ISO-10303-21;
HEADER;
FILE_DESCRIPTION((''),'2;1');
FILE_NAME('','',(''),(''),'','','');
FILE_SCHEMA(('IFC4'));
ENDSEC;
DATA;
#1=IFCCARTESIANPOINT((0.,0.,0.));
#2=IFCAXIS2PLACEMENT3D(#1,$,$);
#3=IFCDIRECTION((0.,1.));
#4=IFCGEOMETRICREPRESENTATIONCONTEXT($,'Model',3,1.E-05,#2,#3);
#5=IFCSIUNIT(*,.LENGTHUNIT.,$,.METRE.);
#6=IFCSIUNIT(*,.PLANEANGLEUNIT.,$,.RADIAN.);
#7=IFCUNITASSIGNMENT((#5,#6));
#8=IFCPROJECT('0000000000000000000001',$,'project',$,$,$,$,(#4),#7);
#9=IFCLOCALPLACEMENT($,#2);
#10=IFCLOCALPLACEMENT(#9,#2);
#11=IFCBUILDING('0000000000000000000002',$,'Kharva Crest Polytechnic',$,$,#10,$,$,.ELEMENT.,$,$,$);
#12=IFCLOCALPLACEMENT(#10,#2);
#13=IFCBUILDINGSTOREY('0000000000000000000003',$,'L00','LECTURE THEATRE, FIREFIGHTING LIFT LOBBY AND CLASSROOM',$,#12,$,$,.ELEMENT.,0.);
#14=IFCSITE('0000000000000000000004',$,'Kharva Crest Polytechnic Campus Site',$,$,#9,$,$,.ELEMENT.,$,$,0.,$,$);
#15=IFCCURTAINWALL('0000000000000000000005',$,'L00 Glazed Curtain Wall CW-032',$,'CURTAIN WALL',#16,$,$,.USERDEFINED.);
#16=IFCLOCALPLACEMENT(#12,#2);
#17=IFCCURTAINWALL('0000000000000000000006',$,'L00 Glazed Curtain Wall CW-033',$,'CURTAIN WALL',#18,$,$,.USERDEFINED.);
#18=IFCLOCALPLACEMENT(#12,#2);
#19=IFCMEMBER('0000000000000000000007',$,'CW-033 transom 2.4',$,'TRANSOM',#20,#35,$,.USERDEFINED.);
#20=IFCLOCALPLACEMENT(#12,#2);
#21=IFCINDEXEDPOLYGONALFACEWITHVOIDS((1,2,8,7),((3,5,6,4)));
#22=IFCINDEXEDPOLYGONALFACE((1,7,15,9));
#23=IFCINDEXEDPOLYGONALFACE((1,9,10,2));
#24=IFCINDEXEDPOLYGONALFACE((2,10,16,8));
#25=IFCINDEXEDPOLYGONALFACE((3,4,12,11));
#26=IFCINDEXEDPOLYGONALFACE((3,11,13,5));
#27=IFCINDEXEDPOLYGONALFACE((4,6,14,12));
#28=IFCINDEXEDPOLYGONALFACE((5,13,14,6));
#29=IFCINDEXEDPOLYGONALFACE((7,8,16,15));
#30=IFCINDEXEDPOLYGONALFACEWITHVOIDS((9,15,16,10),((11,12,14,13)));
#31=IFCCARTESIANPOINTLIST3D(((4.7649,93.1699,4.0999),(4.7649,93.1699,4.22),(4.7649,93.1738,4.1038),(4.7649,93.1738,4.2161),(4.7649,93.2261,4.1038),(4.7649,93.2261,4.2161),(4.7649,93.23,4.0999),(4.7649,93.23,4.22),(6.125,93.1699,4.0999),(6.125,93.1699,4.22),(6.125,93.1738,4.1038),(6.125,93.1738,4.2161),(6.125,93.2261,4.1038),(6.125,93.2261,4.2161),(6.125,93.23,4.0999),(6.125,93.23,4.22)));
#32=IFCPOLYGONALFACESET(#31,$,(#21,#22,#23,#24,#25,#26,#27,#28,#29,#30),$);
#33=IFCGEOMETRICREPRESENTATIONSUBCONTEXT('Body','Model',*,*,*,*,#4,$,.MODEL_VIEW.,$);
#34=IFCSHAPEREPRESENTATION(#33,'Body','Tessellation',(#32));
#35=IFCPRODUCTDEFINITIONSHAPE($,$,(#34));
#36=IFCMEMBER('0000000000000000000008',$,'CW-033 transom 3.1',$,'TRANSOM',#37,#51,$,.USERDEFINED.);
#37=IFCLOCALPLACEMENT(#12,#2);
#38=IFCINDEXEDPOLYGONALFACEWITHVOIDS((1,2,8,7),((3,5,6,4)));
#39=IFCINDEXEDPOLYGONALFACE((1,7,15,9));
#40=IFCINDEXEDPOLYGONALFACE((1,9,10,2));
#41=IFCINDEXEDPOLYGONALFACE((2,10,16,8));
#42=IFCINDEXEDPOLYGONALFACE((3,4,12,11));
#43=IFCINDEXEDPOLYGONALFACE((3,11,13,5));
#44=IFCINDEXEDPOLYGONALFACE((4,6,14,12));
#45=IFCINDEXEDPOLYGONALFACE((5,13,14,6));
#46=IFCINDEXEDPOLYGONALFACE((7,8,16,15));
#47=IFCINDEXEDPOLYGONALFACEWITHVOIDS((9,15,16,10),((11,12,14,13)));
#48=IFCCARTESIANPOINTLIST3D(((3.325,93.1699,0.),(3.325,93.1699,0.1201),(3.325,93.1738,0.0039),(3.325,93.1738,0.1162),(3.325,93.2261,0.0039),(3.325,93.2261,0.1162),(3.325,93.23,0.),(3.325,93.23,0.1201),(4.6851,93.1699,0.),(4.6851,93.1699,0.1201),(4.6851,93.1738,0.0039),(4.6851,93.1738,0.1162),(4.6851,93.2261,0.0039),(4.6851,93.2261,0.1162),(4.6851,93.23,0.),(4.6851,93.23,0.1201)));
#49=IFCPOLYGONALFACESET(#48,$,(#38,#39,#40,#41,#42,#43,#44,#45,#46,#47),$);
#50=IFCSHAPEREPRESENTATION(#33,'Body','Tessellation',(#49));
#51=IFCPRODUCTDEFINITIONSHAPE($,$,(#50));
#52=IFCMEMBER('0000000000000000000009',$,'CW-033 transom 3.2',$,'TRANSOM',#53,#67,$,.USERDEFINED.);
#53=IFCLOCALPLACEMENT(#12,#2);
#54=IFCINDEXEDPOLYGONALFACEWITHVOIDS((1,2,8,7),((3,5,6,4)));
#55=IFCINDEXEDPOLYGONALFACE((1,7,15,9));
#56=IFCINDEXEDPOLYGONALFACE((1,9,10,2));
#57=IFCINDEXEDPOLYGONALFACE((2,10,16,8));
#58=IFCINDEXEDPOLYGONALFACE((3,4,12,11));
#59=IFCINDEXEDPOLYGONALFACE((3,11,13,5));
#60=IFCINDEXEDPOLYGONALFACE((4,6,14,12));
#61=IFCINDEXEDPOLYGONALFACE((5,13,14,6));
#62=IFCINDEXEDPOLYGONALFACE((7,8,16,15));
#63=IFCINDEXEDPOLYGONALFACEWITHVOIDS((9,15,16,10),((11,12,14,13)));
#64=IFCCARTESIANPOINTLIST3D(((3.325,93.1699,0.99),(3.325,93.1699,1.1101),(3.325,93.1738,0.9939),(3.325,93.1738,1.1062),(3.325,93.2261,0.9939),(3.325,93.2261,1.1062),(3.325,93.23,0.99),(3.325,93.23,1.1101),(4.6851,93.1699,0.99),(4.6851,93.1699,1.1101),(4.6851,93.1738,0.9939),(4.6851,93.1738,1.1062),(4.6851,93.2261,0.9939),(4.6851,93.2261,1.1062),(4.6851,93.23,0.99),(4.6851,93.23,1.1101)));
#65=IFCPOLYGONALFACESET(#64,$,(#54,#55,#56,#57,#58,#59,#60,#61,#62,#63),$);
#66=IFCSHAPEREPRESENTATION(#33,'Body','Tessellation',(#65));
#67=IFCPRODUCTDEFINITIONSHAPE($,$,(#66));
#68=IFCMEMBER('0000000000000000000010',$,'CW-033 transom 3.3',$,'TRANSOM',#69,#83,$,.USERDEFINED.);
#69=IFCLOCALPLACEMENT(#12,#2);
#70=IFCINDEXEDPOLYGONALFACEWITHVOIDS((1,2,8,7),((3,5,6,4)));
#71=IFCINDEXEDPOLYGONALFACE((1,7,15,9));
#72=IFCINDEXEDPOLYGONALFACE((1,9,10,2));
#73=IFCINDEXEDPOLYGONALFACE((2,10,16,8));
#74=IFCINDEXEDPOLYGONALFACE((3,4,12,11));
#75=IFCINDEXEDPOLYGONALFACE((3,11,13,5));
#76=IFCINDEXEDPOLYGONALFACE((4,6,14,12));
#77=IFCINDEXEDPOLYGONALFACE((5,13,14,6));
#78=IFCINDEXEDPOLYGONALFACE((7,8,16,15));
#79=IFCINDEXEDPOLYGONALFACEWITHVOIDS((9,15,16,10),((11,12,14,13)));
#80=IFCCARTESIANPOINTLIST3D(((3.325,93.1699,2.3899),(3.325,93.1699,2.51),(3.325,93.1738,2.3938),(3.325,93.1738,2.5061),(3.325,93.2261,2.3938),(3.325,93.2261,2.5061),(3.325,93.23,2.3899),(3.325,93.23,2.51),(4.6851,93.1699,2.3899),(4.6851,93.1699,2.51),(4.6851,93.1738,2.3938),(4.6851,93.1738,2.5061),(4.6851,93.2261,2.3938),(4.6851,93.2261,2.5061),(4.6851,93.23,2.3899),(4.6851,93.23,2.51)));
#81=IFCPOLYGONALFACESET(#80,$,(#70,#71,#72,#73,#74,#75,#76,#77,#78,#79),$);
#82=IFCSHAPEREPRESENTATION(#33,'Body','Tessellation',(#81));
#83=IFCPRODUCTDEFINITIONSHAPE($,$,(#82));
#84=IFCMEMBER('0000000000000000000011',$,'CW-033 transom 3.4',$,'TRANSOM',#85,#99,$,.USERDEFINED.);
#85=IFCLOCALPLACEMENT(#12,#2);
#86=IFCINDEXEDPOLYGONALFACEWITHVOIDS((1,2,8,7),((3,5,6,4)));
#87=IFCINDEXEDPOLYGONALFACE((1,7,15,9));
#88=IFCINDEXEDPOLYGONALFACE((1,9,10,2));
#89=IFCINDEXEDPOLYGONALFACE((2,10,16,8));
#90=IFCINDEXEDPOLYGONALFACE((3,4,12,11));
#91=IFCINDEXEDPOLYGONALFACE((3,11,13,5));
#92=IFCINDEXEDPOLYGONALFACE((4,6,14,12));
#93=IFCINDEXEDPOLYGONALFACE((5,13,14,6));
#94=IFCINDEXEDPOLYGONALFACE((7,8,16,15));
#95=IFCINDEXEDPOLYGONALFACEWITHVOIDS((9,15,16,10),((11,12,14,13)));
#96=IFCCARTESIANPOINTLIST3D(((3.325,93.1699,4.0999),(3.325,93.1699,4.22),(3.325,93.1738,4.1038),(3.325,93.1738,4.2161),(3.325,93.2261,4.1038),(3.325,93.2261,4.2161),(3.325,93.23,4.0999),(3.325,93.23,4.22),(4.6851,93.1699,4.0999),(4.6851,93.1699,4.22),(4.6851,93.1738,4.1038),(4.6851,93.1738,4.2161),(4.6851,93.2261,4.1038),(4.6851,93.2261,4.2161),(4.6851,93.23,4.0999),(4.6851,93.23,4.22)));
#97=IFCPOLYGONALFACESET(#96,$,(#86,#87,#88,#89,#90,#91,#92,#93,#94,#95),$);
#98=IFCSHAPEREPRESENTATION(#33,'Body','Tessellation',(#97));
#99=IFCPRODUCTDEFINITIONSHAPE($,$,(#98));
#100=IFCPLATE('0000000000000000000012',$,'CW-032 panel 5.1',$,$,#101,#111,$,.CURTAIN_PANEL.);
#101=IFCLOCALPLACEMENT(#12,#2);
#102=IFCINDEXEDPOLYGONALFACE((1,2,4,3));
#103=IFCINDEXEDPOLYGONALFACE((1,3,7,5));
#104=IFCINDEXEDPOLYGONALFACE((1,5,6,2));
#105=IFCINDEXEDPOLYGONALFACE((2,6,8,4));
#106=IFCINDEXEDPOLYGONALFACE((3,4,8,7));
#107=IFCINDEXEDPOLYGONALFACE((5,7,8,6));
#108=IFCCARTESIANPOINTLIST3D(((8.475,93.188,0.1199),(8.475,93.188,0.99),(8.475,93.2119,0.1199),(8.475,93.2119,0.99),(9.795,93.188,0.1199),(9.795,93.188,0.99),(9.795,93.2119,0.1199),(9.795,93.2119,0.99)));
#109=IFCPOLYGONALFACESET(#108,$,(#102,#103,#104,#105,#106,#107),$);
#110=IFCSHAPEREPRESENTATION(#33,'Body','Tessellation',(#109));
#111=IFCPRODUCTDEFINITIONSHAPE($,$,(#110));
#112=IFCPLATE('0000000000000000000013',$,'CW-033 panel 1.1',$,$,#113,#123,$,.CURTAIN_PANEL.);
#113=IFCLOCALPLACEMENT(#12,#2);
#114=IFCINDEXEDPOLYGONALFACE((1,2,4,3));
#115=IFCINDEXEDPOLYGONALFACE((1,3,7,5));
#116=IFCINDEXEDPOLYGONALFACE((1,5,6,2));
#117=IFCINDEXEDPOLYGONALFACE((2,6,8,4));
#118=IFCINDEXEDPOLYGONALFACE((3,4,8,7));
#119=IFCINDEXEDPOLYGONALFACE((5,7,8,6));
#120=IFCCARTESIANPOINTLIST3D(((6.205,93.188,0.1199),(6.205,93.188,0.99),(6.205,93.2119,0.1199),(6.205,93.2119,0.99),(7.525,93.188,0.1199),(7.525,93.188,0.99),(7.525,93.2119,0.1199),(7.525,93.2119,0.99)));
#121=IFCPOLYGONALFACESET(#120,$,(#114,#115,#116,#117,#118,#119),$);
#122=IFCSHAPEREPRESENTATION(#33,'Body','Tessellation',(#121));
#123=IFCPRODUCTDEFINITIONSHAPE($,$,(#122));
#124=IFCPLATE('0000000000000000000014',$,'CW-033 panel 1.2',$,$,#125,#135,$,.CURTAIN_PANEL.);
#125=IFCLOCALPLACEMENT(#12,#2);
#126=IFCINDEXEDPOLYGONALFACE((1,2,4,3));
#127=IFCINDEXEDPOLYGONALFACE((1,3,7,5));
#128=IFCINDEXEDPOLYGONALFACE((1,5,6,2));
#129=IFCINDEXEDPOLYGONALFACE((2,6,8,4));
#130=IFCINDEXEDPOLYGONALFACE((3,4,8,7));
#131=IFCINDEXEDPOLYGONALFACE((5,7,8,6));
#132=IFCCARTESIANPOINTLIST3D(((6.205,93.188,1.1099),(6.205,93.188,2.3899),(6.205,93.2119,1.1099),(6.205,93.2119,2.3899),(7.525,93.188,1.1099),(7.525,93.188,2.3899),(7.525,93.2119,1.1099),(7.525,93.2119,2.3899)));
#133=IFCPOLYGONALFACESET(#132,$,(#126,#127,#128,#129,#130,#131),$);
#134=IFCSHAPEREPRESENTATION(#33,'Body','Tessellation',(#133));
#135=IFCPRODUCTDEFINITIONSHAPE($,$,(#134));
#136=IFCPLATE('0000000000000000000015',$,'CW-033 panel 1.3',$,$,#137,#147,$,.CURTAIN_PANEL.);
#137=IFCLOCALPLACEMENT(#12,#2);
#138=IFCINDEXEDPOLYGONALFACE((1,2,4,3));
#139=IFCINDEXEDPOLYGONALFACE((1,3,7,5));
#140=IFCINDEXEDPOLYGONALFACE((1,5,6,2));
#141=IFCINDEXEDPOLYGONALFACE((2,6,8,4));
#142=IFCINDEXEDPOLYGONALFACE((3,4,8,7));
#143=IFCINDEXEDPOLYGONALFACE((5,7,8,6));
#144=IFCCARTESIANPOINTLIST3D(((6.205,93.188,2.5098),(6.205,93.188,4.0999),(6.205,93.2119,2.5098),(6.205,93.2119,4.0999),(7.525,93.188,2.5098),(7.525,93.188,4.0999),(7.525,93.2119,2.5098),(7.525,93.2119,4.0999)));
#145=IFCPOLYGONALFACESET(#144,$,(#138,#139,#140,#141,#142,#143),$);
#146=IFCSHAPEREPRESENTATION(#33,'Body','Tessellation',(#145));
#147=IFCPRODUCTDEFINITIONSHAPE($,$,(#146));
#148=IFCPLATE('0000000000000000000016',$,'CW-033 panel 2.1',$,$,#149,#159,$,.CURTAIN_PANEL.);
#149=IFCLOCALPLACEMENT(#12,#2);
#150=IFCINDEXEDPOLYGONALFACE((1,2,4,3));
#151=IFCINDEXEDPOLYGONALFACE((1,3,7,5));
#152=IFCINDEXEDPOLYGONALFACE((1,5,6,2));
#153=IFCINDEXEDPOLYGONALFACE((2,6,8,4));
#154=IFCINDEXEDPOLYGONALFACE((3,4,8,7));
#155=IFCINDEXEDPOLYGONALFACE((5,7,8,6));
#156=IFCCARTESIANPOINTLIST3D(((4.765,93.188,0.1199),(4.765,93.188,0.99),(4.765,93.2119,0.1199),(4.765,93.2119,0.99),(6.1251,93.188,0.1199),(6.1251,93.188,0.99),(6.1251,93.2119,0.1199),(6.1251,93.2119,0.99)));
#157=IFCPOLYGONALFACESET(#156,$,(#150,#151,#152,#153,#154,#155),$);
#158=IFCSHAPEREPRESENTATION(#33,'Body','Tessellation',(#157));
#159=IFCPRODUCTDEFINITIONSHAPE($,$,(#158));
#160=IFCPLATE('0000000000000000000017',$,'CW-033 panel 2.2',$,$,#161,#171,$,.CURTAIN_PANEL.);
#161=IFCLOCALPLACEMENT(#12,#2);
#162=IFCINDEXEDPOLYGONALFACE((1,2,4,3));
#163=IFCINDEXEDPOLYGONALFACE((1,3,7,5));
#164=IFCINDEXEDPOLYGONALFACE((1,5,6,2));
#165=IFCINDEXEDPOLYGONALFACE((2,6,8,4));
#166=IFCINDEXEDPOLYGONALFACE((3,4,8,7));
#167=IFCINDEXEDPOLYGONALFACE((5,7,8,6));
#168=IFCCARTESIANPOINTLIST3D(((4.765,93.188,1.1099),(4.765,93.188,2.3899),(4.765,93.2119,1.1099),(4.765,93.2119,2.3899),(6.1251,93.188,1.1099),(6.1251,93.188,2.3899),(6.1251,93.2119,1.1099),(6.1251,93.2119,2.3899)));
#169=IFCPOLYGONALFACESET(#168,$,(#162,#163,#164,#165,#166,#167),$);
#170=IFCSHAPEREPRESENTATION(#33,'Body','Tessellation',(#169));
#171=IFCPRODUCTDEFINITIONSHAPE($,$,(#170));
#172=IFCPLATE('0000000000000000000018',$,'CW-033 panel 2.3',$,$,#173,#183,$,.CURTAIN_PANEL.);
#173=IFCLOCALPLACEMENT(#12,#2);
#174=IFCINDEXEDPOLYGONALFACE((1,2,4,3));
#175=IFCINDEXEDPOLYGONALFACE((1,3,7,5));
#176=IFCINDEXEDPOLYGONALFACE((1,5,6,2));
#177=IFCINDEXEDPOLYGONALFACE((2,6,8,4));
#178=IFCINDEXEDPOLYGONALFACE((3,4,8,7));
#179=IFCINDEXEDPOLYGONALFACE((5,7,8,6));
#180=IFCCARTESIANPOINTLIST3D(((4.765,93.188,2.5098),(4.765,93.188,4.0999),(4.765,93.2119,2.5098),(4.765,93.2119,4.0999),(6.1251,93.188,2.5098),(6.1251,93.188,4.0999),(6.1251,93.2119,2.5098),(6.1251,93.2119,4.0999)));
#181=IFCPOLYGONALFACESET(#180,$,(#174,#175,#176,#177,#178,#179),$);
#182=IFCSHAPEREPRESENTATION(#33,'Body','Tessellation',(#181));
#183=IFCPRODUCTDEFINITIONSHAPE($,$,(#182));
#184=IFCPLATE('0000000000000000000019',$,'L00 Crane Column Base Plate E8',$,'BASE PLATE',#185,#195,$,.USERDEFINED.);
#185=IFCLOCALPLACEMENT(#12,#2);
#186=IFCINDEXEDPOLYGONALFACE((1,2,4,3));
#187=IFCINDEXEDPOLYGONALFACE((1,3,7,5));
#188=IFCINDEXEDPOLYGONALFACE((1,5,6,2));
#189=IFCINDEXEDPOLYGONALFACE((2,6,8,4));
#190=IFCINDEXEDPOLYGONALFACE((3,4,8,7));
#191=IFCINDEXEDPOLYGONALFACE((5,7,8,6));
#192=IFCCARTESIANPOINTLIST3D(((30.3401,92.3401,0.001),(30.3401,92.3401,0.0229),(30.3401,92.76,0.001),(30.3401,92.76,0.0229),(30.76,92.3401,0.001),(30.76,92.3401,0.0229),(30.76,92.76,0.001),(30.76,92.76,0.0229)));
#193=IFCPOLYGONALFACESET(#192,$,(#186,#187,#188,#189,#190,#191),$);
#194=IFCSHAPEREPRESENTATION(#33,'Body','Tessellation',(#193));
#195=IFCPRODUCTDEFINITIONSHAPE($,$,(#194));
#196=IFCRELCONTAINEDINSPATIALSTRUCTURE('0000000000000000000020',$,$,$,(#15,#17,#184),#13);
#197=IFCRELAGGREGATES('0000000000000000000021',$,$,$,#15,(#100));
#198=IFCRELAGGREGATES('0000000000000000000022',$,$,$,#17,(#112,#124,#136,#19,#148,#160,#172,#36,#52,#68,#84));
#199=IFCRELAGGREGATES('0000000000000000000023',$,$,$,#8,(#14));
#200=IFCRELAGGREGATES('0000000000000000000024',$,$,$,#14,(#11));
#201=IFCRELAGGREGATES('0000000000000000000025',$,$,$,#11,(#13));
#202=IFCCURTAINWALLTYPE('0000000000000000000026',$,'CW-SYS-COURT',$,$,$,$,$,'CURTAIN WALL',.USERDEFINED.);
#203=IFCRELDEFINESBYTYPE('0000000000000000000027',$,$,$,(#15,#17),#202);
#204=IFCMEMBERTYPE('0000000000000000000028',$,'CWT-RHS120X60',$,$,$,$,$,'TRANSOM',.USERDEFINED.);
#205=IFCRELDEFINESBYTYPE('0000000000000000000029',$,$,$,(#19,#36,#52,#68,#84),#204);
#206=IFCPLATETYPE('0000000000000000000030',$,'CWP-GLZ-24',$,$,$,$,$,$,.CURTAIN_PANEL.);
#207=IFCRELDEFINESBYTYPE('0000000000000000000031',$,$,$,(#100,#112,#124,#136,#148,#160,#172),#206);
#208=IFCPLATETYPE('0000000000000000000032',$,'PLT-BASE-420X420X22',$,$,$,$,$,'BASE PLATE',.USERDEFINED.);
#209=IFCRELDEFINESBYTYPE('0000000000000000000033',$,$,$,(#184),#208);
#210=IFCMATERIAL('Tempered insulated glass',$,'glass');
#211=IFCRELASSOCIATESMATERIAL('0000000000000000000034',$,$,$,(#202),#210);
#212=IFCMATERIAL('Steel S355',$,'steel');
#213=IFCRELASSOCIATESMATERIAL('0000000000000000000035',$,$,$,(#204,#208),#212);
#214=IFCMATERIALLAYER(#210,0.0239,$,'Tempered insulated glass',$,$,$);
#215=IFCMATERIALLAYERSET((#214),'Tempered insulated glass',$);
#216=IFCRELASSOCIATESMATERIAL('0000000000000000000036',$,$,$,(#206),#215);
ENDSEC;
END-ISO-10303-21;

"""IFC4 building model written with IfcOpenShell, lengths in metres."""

from ifc_helpers import new_model, si_unit, direction, frame, origin, origin_2d, place, context, subcontext, project, spatial, rectangle, hollow_rectangle, extrude, material, layer, layer_set, material_profile, profile_set, type_object, element, aggregate, save


model = new_model("IFC4")

# Units and contexts
model_context = context("Model", 3, precision=1e-05, world=origin(), true_north=direction((0.0, 1.0)))
body_context = subcontext(model_context, "Body", "Model", "MODEL_VIEW")
ifc_project = project(units=[si_unit("LENGTHUNIT", "METRE"), si_unit("PLANEANGLEUNIT", "RADIAN")], contexts=[model_context])

# Site, building, storey
site_placement = place(None, origin())
site = spatial("IfcSite", under=ifc_project, at=site_placement, Name="Kharva Crest Polytechnic Campus Site", CompositionType="ELEMENT", RefElevation=0.0)
building_placement = place(site_placement, origin())
building = spatial("IfcBuilding", under=site, at=building_placement, Name="Kharva Crest Polytechnic", CompositionType="ELEMENT")
storey_placement = place(building_placement, origin())
storey = spatial("IfcBuildingStorey", under=building, at=storey_placement, Name="L00", Description="LECTURE THEATRE, FIREFIGHTING LIFT LOBBY AND CLASSROOM", CompositionType="ELEMENT", Elevation=0.0)

# Shared definitions
ifc_material_1 = material(Name="Steel S355", Category="steel")

# Curtain wall
ifc_material_2 = material(Name="Tempered insulated glass", Category="glass")
curtain_wall_type = type_object("IfcCurtainWallType", Name="CW-SYS-COURT", ElementType="CURTAIN WALL", PredefinedType="USERDEFINED", material=ifc_material_2)
curtain_wall_1_placement = place(storey_placement, origin())
curtain_wall_1 = element("IfcCurtainWall", 1, at=curtain_wall_1_placement, inside=storey, type_object=curtain_wall_type, Name="L00 Glazed Curtain Wall CW-032", ObjectType="CURTAIN WALL", PredefinedType="USERDEFINED")

# Curtain wall, members
curtain_wall_2_placement = place(storey_placement, origin())
curtain_wall_2 = element("IfcCurtainWall", 2, at=curtain_wall_2_placement, inside=storey, type_object=curtain_wall_type, Name="L00 Glazed Curtain Wall CW-033", ObjectType="CURTAIN WALL", PredefinedType="USERDEFINED")
ifc_material_profile_1 = material_profile(ifc_material_1, hollow_rectangle(XDim=0.0601, YDim=0.1201, WallThickness=0.0039, at=origin_2d()), Name="RHS 120X60X4.0")
ifc_profile_set_1 = profile_set([ifc_material_profile_1], Name="Steel S355")
member_type_1 = type_object("IfcMemberType", Name="CWT-RHS120X60", ElementType="TRANSOM", PredefinedType="USERDEFINED", material=ifc_profile_set_1)
member_1_placement = place(storey_placement, frame((6.125, 93.2, 4.1599), z_axis=(-1.0, 0.0, 0.0), x_axis=(0.0, -1.0, 0.0)))
member_1 = element("IfcMember", 3, at=member_1_placement, type_object=member_type_1, Name="CW-033 transom 2.4", ObjectType="TRANSOM", PredefinedType="USERDEFINED", context=body_context, shape_type="SweptSolid", body=[
    extrude(hollow_rectangle(XDim=0.0601, YDim=0.1201, WallThickness=0.0039, at=origin_2d()), origin(), (0.0, 0.0, 1.0), 1.3601),
])
member_2_placement = place(storey_placement, frame((4.6851, 93.2, 0.0601), z_axis=(-1.0, 0.0, 0.0), x_axis=(0.0, -1.0, 0.0)))
member_2 = element("IfcMember", 4, at=member_2_placement, type_object=member_type_1, Name="CW-033 transom 3.1", ObjectType="TRANSOM", PredefinedType="USERDEFINED", context=body_context, shape_type="SweptSolid", body=[
    extrude(hollow_rectangle(XDim=0.0601, YDim=0.1201, WallThickness=0.0039, at=origin_2d()), origin(), (0.0, 0.0, 1.0), 1.3601),
])
member_3_placement = place(storey_placement, frame((4.6851, 93.2, 1.05), z_axis=(-1.0, 0.0, 0.0), x_axis=(0.0, -1.0, 0.0)))
member_3 = element("IfcMember", 5, at=member_3_placement, type_object=member_type_1, Name="CW-033 transom 3.2", ObjectType="TRANSOM", PredefinedType="USERDEFINED", context=body_context, shape_type="SweptSolid", body=[
    extrude(hollow_rectangle(XDim=0.0601, YDim=0.1201, WallThickness=0.0039, at=origin_2d()), origin(), (0.0, 0.0, 1.0), 1.3601),
])
member_4_placement = place(storey_placement, frame((4.6851, 93.2, 2.45), z_axis=(-1.0, 0.0, 0.0), x_axis=(0.0, -1.0, 0.0)))
member_4 = element("IfcMember", 6, at=member_4_placement, type_object=member_type_1, Name="CW-033 transom 3.3", ObjectType="TRANSOM", PredefinedType="USERDEFINED", context=body_context, shape_type="SweptSolid", body=[
    extrude(hollow_rectangle(XDim=0.0601, YDim=0.1201, WallThickness=0.0039, at=origin_2d()), origin(), (0.0, 0.0, 1.0), 1.3601),
])
member_5_placement = place(storey_placement, frame((4.6851, 93.2, 4.1599), z_axis=(-1.0, 0.0, 0.0), x_axis=(0.0, -1.0, 0.0)))
member_5 = element("IfcMember", 7, at=member_5_placement, type_object=member_type_1, Name="CW-033 transom 3.4", ObjectType="TRANSOM", PredefinedType="USERDEFINED", context=body_context, shape_type="SweptSolid", body=[
    extrude(hollow_rectangle(XDim=0.0601, YDim=0.1201, WallThickness=0.0039, at=origin_2d()), origin(), (0.0, 0.0, 1.0), 1.3601),
])

# Plates
ifc_layer = layer(ifc_material_2, 0.0239, Name="Tempered insulated glass")
ifc_layer_set = layer_set([ifc_layer], Name="Tempered insulated glass")
plate_type_1 = type_object("IfcPlateType", Name="CWP-GLZ-24", PredefinedType="CURTAIN_PANEL", material=ifc_layer_set)
plate_1_placement = place(storey_placement, frame((9.135, 93.2, 0.1199), z_axis=(0.0, 0.0, 1.0), x_axis=(-1.0, 0.0, 0.0)))
plate_1 = element("IfcPlate", 8, at=plate_1_placement, type_object=plate_type_1, Name="CW-032 panel 5.1", PredefinedType="CURTAIN_PANEL", context=body_context, shape_type="SweptSolid", body=[
    extrude(rectangle(XDim=1.3201, YDim=0.0239, at=origin_2d()), origin(), (0.0, 0.0, 1.0), 0.8701),
])
aggregate(curtain_wall_1, [plate_1])
plate_2_placement = place(storey_placement, frame((6.865, 93.2, 0.1199), z_axis=(0.0, 0.0, 1.0), x_axis=(-1.0, 0.0, 0.0)))
plate_2 = element("IfcPlate", 9, at=plate_2_placement, type_object=plate_type_1, Name="CW-033 panel 1.1", PredefinedType="CURTAIN_PANEL", context=body_context, shape_type="SweptSolid", body=[
    extrude(rectangle(XDim=1.3201, YDim=0.0239, at=origin_2d()), origin(), (0.0, 0.0, 1.0), 0.8701),
])
plate_3_placement = place(storey_placement, frame((6.865, 93.2, 1.1099), z_axis=(0.0, 0.0, 1.0), x_axis=(-1.0, 0.0, 0.0)))
plate_3 = element("IfcPlate", 10, at=plate_3_placement, type_object=plate_type_1, Name="CW-033 panel 1.2", PredefinedType="CURTAIN_PANEL", context=body_context, shape_type="SweptSolid", body=[
    extrude(rectangle(XDim=1.3201, YDim=0.0239, at=origin_2d()), origin(), (0.0, 0.0, 1.0), 1.28),
])
plate_4_placement = place(storey_placement, frame((6.865, 93.2, 2.5098), z_axis=(0.0, 0.0, 1.0), x_axis=(-1.0, 0.0, 0.0)))
plate_4 = element("IfcPlate", 11, at=plate_4_placement, type_object=plate_type_1, Name="CW-033 panel 1.3", PredefinedType="CURTAIN_PANEL", context=body_context, shape_type="SweptSolid", body=[
    extrude(rectangle(XDim=1.3201, YDim=0.0239, at=origin_2d()), origin(), (0.0, 0.0, 1.0), 1.5901),
])
plate_5_placement = place(storey_placement, frame((5.4451, 93.2, 0.1199), z_axis=(0.0, 0.0, 1.0), x_axis=(-1.0, 0.0, 0.0)))
plate_5 = element("IfcPlate", 12, at=plate_5_placement, type_object=plate_type_1, Name="CW-033 panel 2.1", PredefinedType="CURTAIN_PANEL", context=body_context, shape_type="SweptSolid", body=[
    extrude(rectangle(XDim=1.3601, YDim=0.0239, at=origin_2d()), origin(), (0.0, 0.0, 1.0), 0.8701),
])
plate_6_placement = place(storey_placement, frame((5.4451, 93.2, 1.1099), z_axis=(0.0, 0.0, 1.0), x_axis=(-1.0, 0.0, 0.0)))
plate_6 = element("IfcPlate", 13, at=plate_6_placement, type_object=plate_type_1, Name="CW-033 panel 2.2", PredefinedType="CURTAIN_PANEL", context=body_context, shape_type="SweptSolid", body=[
    extrude(rectangle(XDim=1.3601, YDim=0.0239, at=origin_2d()), origin(), (0.0, 0.0, 1.0), 1.28),
])
plate_7_placement = place(storey_placement, frame((5.4451, 93.2, 2.5098), z_axis=(0.0, 0.0, 1.0), x_axis=(-1.0, 0.0, 0.0)))
plate_7 = element("IfcPlate", 14, at=plate_7_placement, type_object=plate_type_1, Name="CW-033 panel 2.3", PredefinedType="CURTAIN_PANEL", context=body_context, shape_type="SweptSolid", body=[
    extrude(rectangle(XDim=1.3601, YDim=0.0239, at=origin_2d()), origin(), (0.0, 0.0, 1.0), 1.5901),
])
aggregate(curtain_wall_2, [plate_2, plate_3, plate_4, member_1, plate_5, plate_6, plate_7, member_2, member_3, member_4, member_5])

# Plate
plate_type_2 = type_object("IfcPlateType", Name="PLT-BASE-420X420X22", ElementType="BASE PLATE", PredefinedType="USERDEFINED", material=ifc_material_1)
plate_8_placement = place(storey_placement, frame((30.55, 92.55, 0.001), z_axis=(0.0, 0.0, 1.0), x_axis=(1.0, 0.0, 0.0)))
element("IfcPlate", 15, at=plate_8_placement, inside=storey, type_object=plate_type_2, Name="L00 Crane Column Base Plate E8", ObjectType="BASE PLATE", PredefinedType="USERDEFINED", context=body_context, shape_type="SweptSolid", body=[
    extrude(rectangle(XDim=0.4199, YDim=0.4199, at=origin_2d()), origin(), (0.0, 0.0, 1.0), 0.022),
])

save(model, "model.ifc")
